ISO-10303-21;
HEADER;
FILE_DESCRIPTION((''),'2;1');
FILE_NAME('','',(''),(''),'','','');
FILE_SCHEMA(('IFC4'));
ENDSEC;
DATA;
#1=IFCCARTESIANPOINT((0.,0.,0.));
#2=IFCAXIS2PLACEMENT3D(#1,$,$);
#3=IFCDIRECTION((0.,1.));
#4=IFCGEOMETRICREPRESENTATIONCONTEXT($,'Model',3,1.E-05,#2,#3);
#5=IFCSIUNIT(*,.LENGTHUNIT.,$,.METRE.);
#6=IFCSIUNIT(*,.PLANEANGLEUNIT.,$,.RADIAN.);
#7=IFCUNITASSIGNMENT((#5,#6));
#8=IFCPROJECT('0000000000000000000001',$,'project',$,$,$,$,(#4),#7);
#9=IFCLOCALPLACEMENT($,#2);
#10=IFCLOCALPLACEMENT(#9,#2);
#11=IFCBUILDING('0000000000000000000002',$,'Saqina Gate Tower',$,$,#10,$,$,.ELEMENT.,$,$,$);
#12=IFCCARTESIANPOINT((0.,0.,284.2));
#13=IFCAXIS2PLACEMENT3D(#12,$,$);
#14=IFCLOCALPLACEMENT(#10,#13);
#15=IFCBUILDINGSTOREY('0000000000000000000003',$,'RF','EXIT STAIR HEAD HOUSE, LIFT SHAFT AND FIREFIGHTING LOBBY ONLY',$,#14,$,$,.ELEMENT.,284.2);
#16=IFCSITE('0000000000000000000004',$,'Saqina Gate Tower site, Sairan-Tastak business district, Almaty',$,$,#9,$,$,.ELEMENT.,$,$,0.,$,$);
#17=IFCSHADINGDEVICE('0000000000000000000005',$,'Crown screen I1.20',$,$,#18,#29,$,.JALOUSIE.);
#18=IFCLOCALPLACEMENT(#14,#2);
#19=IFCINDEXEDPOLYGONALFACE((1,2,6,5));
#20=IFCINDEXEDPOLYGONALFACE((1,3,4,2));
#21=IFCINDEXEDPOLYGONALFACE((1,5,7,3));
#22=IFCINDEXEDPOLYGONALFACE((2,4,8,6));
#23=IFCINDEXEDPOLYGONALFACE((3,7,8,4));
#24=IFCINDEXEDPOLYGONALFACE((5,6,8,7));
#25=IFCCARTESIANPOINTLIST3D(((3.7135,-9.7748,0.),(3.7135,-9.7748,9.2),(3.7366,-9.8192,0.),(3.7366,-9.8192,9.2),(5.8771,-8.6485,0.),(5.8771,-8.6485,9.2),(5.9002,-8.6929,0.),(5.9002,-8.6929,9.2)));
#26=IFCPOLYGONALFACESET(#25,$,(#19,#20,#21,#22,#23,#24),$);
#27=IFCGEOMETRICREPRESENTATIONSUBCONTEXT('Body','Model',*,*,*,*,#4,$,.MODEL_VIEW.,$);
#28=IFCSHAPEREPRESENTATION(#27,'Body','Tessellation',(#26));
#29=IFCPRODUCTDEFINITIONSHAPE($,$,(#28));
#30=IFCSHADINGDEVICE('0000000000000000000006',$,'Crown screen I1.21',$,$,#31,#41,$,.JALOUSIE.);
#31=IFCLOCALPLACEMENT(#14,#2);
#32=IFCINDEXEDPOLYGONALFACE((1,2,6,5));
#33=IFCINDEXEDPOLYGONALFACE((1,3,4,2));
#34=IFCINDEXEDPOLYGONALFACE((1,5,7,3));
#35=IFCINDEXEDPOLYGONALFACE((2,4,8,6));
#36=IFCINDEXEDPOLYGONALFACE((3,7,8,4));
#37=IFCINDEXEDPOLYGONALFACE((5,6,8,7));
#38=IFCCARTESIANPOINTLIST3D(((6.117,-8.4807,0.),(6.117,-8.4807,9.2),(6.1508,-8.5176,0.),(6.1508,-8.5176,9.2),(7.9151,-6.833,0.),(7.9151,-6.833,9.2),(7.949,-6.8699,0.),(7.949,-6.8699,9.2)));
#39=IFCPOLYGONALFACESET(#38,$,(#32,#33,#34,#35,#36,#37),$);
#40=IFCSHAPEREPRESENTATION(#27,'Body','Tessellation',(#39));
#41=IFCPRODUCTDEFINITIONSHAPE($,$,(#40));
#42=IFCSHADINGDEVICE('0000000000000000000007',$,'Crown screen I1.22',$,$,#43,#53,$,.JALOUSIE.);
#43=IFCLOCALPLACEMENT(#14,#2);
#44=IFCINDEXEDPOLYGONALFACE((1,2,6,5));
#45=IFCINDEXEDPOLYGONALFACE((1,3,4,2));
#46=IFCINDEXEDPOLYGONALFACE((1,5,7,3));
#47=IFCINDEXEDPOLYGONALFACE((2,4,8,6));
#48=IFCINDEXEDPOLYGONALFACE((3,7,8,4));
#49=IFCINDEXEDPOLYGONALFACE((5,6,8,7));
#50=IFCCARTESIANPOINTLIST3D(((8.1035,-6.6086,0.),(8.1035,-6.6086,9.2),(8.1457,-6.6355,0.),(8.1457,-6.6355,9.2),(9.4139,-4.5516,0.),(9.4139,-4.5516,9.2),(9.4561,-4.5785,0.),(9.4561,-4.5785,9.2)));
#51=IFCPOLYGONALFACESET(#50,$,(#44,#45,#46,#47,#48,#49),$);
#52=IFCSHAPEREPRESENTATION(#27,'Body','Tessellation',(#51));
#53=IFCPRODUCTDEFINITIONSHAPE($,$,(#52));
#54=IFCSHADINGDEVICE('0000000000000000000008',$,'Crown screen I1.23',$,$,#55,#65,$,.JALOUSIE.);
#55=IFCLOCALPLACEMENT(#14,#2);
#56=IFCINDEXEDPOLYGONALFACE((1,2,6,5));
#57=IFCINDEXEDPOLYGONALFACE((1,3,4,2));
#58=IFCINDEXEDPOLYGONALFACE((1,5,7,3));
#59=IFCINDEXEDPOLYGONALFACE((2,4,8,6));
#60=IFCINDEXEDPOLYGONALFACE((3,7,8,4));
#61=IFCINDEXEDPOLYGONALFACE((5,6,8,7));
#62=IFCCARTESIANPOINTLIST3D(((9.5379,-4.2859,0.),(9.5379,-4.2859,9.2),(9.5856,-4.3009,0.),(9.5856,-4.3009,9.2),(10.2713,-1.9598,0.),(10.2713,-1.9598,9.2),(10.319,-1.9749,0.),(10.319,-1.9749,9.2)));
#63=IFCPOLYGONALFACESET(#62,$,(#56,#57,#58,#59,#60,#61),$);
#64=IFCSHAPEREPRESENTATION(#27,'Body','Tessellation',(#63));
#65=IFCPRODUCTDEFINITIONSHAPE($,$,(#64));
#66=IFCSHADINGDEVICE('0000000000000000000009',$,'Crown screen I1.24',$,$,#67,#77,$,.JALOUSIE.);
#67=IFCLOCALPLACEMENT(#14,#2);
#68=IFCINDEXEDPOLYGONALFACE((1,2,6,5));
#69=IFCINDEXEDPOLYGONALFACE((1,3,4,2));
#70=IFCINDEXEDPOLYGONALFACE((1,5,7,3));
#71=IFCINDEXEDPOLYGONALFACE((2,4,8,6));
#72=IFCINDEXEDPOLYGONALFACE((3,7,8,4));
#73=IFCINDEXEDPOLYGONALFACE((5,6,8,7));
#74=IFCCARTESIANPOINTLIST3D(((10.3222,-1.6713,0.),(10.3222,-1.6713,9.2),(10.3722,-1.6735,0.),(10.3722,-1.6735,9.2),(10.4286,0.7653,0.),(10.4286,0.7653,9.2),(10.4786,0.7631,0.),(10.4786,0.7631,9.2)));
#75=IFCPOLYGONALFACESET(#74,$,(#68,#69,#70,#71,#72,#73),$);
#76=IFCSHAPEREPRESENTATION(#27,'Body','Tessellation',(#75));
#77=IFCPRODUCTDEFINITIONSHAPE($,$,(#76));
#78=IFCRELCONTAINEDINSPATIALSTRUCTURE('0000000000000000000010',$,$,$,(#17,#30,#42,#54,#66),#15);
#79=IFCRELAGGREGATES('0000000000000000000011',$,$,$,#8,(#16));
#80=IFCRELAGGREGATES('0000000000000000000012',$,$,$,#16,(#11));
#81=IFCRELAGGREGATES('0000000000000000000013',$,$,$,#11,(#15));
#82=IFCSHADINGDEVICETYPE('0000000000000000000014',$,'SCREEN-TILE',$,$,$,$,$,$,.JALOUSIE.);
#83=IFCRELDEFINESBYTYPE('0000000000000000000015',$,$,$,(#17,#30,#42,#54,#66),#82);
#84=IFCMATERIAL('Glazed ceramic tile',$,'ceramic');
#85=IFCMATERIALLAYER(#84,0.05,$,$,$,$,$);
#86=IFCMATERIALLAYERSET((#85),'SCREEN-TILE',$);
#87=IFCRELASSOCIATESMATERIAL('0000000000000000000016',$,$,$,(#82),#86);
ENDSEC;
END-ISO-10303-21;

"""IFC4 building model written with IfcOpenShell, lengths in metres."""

from ifc_helpers import new_model, si_unit, direction, frame, origin, origin_2d, place, context, subcontext, project, spatial, rectangle, extrude, material, layer, layer_set, type_object, element, save


model = new_model("IFC4")

# Units and contexts
model_context = context("Model", 3, precision=1e-05, world=origin(), true_north=direction((0.0, 1.0)))
body_context = subcontext(model_context, "Body", "Model", "MODEL_VIEW")
ifc_project = project(units=[si_unit("LENGTHUNIT", "METRE"), si_unit("PLANEANGLEUNIT", "RADIAN")], contexts=[model_context])

# Site, building, storey
site_placement = place(None, origin())
site = spatial("IfcSite", under=ifc_project, at=site_placement, Name="Saqina Gate Tower site, Sairan-Tastak business district, Almaty", CompositionType="ELEMENT", RefElevation=0.0)
building_placement = place(site_placement, origin())
building = spatial("IfcBuilding", under=site, at=building_placement, Name="Saqina Gate Tower", CompositionType="ELEMENT")
storey_placement = place(building_placement, frame((0.0, 0.0, 284.2)))
storey = spatial("IfcBuildingStorey", under=building, at=storey_placement, Name="RF", Description="EXIT STAIR HEAD HOUSE, LIFT SHAFT AND FIREFIGHTING LOBBY ONLY", CompositionType="ELEMENT", Elevation=284.2)

# Shading devices
ifc_material_1 = material(Name="Glazed ceramic tile", Category="ceramic")
ifc_layer_1 = layer(ifc_material_1, 0.05)
ifc_layer_set_1 = layer_set([ifc_layer_1], Name="SCREEN-TILE")
shading_device_type = type_object("IfcShadingDeviceType", Name="SCREEN-TILE", PredefinedType="JALOUSIE", material=ifc_layer_set_1)
shading_device_placement = place(storey_placement, frame((4.8069, -9.2339, 0.0), z_axis=(0.0, 0.0, 1.0), x_axis=(0.887011, 0.461749, 0.0)))
element("IfcShadingDevice", 1, at=shading_device_placement, inside=storey, type_object=shading_device_type, Name="Crown screen I1.20", PredefinedType="JALOUSIE", context=body_context, shape_type="SweptSolid", body=[
    extrude(rectangle(XDim=2.4392, YDim=0.05, at=origin_2d()), origin(), (0.0, 0.0, 1.0), 9.2),
])
for number, where, z_axis, x_axis, name in (
    (2, (7.033, -7.6753, 0.0), (0.0, 0.0, 1.0), (0.737277, 0.67559, 0.0), "Crown screen I1.21"),
    (3, (8.7798, -5.5935, 0.0), (0.0, 0.0, 1.0), (0.5373, 0.843391, 0.0), "Crown screen I1.22"),
    (4, (9.9285, -3.1304, 0.0), (0.0, 0.0, 1.0), (0.300706, 0.953717, 0.0), "Crown screen I1.23"),
    (5, (10.4004, -0.4541, 0.0), (0.0, 0.0, 1.0), (0.043619, 0.999048, 0.0), "Crown screen I1.24"),
):
    element("IfcShadingDevice", number, at=place(storey_placement, frame(where, z_axis=z_axis, x_axis=x_axis)), inside=storey, type_object=shading_device_type, Name=name, PredefinedType="JALOUSIE", context=body_context, shape_type="SweptSolid", body=[
        extrude(rectangle(XDim=2.439, YDim=0.05, at=origin_2d()), origin(), (0.0, 0.0, 1.0), 9.2),
    ])

save(model, "model.ifc")
